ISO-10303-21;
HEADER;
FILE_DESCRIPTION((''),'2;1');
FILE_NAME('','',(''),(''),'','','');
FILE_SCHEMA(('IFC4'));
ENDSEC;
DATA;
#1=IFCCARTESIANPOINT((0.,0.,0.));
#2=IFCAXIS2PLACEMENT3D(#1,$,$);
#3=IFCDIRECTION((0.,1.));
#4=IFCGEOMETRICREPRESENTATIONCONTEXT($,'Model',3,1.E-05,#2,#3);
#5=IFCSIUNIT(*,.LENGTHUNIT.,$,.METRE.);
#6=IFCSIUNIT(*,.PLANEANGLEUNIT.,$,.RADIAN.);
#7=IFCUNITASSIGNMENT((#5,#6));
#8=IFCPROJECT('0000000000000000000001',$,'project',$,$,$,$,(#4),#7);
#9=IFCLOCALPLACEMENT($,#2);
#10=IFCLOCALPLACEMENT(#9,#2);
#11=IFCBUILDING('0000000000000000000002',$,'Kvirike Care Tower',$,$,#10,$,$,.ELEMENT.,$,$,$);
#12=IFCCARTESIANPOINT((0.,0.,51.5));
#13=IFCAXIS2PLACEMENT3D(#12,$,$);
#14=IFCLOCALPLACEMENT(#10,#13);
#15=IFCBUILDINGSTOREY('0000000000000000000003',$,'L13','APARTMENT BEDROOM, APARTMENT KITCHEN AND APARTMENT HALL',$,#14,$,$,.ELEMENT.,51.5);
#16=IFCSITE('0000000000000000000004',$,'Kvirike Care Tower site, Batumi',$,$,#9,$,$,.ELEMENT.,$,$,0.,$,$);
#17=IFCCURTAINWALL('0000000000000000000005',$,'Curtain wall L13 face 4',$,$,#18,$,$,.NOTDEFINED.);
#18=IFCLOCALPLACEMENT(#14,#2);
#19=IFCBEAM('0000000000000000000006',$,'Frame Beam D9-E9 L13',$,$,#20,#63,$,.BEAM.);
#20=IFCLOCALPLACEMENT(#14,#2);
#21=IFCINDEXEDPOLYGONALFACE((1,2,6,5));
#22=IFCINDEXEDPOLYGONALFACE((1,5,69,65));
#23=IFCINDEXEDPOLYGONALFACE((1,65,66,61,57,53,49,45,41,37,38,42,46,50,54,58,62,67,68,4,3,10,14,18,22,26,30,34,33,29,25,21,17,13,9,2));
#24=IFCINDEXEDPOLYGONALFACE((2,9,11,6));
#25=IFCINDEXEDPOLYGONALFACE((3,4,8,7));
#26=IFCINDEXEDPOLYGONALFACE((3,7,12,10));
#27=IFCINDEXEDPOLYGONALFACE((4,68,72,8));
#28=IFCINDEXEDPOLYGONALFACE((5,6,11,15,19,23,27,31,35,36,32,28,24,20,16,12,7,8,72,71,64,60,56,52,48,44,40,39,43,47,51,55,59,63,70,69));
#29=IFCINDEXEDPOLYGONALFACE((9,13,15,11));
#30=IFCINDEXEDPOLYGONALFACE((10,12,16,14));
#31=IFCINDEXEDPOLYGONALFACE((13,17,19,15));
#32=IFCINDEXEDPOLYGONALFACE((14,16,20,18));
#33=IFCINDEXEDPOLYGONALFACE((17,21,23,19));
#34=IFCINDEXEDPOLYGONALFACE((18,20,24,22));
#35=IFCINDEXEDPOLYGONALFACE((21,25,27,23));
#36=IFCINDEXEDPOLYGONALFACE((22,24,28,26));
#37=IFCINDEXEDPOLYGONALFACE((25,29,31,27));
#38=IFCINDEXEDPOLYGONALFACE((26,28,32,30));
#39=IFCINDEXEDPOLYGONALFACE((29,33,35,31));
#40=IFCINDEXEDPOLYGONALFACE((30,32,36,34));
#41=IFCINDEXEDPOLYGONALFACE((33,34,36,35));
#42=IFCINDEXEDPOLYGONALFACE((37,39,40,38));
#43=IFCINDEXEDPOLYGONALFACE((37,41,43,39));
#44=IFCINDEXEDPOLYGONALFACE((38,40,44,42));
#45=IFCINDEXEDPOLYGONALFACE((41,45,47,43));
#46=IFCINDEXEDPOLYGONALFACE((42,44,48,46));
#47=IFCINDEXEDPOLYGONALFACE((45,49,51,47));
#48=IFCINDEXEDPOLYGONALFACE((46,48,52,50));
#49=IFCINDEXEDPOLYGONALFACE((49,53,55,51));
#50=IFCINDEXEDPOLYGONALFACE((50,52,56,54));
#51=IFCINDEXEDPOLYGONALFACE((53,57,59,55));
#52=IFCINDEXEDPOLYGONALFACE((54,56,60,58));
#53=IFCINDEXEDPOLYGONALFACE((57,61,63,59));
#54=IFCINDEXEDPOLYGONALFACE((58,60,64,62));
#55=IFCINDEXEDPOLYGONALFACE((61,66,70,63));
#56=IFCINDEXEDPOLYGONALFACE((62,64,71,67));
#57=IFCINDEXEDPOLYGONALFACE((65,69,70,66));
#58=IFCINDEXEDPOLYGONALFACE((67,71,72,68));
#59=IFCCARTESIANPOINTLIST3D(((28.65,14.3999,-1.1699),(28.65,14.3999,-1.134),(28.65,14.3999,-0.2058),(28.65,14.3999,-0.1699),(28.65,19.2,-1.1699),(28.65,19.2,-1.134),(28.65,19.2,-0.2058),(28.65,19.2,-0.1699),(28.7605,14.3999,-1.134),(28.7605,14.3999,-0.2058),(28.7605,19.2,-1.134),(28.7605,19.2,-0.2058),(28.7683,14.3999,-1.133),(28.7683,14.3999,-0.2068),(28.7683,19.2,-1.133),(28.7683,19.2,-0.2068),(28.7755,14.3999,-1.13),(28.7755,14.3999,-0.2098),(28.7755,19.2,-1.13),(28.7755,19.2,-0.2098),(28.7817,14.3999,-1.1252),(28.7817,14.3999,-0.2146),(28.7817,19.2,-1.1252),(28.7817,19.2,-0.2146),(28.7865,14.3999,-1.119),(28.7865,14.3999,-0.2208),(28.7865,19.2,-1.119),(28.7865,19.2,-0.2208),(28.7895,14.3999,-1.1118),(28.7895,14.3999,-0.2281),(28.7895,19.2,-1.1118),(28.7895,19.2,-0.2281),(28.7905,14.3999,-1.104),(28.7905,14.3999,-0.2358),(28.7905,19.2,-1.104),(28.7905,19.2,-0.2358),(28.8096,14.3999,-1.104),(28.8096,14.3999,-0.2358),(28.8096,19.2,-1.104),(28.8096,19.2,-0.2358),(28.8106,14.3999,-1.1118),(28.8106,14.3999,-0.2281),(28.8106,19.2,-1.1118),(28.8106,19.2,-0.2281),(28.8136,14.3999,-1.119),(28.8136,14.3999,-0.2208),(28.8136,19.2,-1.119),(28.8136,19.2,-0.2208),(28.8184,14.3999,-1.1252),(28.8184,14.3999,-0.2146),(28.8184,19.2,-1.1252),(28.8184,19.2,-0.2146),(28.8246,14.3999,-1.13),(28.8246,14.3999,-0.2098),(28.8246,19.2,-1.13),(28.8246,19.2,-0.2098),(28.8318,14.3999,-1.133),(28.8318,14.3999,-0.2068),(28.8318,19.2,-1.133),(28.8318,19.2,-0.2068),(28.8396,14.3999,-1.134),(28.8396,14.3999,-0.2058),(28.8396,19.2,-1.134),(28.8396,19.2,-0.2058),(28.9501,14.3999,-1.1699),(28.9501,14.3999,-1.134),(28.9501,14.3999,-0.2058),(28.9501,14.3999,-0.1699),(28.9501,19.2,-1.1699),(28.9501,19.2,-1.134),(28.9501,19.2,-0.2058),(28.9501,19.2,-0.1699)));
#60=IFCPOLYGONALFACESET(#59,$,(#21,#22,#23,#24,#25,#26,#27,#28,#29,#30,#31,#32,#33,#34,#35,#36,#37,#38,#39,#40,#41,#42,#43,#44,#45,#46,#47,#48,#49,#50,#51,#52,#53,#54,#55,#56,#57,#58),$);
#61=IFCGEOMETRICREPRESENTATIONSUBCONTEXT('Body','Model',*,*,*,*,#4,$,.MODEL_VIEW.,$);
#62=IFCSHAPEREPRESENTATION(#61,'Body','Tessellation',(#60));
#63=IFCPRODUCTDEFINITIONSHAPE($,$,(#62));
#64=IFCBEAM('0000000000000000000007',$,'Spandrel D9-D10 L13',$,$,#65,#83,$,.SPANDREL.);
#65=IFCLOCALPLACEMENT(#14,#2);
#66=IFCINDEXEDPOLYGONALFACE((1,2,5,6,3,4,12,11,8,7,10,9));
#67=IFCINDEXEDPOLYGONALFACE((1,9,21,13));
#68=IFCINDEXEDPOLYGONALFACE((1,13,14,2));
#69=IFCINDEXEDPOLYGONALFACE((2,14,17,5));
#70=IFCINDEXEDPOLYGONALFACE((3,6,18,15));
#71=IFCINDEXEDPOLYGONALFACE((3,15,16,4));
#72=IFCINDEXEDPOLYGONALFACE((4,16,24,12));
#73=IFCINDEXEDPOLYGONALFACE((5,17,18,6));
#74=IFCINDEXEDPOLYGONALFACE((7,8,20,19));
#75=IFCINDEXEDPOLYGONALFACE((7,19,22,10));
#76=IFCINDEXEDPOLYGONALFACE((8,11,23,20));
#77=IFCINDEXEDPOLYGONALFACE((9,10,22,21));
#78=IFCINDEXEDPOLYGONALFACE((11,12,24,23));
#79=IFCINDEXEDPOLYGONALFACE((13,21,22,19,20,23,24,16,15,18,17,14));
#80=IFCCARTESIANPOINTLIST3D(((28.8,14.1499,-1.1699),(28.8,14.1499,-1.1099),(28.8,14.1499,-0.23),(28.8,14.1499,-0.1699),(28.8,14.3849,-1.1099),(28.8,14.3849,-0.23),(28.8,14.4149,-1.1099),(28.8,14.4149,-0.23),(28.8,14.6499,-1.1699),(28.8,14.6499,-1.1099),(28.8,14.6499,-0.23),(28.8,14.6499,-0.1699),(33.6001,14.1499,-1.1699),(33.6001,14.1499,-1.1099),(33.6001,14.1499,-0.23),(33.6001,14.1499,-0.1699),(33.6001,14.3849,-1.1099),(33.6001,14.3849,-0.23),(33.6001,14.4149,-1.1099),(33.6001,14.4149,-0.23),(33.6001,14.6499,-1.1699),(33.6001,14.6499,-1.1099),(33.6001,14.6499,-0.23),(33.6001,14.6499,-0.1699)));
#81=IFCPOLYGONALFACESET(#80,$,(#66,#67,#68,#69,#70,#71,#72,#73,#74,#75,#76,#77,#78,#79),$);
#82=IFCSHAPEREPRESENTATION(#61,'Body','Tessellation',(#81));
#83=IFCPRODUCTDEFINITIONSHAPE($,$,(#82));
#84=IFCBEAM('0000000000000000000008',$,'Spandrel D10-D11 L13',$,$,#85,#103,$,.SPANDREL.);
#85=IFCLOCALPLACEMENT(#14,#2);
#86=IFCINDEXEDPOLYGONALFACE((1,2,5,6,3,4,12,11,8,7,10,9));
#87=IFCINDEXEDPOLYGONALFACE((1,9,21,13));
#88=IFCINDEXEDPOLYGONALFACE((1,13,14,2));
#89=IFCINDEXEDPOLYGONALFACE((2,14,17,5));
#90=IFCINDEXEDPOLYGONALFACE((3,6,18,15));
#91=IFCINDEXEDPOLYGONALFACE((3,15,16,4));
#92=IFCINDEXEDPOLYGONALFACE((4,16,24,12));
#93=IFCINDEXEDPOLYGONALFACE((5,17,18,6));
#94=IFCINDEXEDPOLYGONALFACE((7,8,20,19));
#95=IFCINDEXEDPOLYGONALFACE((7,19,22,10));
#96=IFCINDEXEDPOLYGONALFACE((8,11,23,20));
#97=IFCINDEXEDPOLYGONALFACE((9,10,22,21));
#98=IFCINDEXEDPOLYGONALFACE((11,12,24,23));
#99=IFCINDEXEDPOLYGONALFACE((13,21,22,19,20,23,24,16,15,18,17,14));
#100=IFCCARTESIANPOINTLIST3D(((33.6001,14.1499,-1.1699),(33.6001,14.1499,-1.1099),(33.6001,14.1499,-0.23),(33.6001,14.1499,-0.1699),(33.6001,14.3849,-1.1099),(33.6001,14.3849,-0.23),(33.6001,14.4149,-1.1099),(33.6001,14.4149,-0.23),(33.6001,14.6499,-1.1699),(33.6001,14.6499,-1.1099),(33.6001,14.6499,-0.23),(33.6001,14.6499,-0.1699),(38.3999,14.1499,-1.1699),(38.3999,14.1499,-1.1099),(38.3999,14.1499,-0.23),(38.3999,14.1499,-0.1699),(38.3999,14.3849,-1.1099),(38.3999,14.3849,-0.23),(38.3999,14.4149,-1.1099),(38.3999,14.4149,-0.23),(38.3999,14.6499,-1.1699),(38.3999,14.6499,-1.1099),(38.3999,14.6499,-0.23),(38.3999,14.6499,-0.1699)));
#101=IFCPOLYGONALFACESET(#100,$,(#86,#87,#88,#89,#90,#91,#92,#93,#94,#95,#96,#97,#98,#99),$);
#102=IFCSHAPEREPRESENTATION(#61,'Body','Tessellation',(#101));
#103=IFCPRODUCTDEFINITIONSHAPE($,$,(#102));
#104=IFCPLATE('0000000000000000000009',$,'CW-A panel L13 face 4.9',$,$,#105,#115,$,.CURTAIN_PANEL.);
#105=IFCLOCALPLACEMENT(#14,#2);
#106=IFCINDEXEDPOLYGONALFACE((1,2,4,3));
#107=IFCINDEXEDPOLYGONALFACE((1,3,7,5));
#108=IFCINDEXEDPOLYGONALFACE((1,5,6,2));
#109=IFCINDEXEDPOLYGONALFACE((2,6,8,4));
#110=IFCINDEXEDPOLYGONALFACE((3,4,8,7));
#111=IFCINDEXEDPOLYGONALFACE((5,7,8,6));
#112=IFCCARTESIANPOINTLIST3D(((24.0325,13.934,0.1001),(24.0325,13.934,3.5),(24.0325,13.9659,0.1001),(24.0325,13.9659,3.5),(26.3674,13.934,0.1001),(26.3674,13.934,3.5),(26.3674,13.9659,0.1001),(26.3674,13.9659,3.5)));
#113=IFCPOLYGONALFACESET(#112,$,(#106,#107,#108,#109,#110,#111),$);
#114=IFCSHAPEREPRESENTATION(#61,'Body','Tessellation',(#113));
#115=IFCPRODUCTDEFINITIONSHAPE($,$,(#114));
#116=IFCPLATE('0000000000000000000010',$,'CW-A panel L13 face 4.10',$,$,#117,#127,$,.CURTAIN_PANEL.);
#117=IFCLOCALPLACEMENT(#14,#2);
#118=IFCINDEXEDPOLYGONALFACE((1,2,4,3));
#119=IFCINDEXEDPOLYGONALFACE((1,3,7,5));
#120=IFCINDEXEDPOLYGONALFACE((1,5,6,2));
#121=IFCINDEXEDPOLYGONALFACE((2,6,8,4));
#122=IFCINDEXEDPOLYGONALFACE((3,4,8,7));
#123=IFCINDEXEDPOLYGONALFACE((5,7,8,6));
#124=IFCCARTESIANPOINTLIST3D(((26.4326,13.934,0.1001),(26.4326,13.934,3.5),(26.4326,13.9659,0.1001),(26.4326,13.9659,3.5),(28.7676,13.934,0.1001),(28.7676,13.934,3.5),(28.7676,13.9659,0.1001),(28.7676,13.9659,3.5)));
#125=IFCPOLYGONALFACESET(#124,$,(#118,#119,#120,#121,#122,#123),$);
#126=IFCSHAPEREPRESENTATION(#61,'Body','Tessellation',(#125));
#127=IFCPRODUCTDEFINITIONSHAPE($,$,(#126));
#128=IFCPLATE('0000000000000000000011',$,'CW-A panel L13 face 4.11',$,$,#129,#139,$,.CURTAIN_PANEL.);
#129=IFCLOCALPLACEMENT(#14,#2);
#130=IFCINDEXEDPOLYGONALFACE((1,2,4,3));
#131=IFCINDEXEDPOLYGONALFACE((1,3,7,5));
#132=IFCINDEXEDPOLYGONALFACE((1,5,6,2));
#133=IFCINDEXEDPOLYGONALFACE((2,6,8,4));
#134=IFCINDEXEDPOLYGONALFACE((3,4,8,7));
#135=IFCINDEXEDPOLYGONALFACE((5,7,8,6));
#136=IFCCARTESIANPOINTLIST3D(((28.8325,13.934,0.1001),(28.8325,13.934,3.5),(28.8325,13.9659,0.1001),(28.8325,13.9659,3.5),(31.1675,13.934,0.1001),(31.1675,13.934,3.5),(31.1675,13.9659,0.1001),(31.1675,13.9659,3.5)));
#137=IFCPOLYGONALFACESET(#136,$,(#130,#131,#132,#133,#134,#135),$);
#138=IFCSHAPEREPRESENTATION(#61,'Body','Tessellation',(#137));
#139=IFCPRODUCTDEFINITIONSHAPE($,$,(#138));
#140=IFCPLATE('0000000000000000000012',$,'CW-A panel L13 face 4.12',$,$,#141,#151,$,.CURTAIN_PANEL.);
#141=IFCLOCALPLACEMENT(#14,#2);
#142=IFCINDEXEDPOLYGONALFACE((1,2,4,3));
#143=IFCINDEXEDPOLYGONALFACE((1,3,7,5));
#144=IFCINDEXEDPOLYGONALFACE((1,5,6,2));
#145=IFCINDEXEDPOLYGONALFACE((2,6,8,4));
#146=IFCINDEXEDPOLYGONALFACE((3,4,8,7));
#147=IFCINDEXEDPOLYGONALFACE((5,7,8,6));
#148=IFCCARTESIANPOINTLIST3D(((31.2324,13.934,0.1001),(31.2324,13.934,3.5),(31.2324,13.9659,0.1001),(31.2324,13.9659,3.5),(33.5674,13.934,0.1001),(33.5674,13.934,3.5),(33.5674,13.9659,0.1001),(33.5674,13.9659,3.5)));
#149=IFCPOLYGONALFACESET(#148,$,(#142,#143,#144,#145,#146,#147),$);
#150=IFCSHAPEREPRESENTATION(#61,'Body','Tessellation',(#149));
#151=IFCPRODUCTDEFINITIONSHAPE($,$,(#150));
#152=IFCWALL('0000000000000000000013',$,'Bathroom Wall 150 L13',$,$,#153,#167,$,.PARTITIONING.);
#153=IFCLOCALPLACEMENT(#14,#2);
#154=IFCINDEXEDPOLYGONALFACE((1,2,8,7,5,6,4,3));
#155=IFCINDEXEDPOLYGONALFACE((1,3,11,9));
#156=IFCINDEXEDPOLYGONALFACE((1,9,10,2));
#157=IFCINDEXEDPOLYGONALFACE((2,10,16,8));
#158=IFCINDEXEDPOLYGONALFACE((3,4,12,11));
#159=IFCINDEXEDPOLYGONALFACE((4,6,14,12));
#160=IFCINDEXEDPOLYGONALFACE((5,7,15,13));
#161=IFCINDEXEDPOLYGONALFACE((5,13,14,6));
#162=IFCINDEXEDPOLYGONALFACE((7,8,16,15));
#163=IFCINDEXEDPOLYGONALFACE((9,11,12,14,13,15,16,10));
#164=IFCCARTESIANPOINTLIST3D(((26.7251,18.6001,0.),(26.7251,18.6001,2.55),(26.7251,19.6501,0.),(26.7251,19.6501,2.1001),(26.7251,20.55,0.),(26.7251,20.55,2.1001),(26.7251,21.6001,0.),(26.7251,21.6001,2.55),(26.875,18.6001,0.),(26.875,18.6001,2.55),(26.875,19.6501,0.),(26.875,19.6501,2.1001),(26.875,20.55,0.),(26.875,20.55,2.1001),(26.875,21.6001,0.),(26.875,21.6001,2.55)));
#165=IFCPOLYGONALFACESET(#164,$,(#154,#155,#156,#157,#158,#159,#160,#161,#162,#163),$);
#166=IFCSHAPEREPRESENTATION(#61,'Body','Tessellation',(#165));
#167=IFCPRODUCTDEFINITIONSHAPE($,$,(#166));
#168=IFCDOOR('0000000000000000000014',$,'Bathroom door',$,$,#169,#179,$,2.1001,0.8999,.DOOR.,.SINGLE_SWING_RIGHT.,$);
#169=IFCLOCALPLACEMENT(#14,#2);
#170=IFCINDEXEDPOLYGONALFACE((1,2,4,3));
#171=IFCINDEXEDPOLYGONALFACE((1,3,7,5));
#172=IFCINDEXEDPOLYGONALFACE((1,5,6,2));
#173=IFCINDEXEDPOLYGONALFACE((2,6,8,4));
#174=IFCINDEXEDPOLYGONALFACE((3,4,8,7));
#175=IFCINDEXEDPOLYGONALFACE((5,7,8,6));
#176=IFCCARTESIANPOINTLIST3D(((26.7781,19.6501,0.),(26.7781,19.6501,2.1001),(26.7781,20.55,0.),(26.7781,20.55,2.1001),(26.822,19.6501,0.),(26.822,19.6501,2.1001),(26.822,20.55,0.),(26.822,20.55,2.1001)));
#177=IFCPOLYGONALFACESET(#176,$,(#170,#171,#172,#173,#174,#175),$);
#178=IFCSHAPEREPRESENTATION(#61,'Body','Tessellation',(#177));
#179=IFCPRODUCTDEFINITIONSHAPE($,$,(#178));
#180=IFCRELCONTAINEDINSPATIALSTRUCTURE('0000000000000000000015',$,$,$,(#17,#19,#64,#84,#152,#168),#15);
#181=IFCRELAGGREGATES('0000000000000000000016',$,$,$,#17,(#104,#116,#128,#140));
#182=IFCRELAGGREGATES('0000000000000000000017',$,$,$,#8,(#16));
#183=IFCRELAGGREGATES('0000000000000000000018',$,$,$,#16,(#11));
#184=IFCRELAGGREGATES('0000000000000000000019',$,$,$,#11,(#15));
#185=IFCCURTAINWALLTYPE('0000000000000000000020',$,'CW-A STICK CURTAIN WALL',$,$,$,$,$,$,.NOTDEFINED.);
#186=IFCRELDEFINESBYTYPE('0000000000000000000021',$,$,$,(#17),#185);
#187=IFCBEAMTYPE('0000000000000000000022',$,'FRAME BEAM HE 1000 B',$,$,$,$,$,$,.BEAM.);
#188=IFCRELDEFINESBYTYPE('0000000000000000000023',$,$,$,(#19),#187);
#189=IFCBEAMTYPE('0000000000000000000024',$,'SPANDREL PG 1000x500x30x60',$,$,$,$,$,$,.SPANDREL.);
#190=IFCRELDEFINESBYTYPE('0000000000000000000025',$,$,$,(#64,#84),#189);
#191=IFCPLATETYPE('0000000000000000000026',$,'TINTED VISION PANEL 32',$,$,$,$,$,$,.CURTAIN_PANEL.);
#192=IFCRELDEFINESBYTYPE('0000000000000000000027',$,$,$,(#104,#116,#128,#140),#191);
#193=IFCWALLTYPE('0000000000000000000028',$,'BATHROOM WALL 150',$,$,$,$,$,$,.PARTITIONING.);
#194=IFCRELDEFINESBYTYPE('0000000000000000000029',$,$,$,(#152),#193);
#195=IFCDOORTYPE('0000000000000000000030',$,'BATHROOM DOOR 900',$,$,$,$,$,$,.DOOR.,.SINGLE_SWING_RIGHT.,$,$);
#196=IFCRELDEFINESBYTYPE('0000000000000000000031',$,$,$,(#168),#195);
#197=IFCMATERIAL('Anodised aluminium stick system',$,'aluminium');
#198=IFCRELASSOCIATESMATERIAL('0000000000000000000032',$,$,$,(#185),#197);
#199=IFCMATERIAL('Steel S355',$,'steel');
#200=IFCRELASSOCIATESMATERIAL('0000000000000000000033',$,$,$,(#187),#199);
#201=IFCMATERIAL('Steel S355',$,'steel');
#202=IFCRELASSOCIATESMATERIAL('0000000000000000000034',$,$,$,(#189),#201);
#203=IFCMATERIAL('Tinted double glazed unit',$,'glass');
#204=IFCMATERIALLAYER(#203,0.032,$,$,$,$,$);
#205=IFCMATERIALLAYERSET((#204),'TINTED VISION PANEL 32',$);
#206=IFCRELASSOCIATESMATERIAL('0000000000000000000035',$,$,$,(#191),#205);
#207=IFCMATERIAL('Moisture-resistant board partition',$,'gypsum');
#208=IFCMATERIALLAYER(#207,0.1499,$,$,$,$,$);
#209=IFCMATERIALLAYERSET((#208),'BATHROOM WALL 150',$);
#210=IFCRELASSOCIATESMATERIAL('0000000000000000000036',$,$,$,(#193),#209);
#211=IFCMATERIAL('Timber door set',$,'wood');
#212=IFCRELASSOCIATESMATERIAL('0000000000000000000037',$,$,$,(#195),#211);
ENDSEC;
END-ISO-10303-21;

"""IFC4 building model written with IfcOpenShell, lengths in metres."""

from ifc_helpers import new_model, si_unit, direction, frame, frame_2d, origin, origin_2d, place, context, subcontext, project, spatial, rectangle, i_section, extrude, material, layer, layer_set, material_profile, profile_set, type_object, element, fill, aggregate, save


model = new_model("IFC4")

# Units and contexts
model_context = context("Model", 3, precision=1e-05, world=origin(), true_north=direction((0.0, 1.0)))
body_context = subcontext(model_context, "Body", "Model", "MODEL_VIEW")
ifc_project = project(units=[si_unit("LENGTHUNIT", "METRE"), si_unit("PLANEANGLEUNIT", "RADIAN")], contexts=[model_context])

# Site, building, storey
site_placement = place(None, origin())
site = spatial("IfcSite", under=ifc_project, at=site_placement, Name="Kvirike Care Tower site, Batumi", CompositionType="ELEMENT", RefElevation=0.0)
building_placement = place(site_placement, origin())
building = spatial("IfcBuilding", under=site, at=building_placement, Name="Kvirike Care Tower", CompositionType="ELEMENT")
storey_placement = place(building_placement, frame((0.0, 0.0, 51.5)))
storey = spatial("IfcBuildingStorey", under=building, at=storey_placement, Name="L13", Description="APARTMENT BEDROOM, APARTMENT KITCHEN AND APARTMENT HALL", CompositionType="ELEMENT", Elevation=51.5)

# Curtain wall
ifc_material_1 = material(Name="Anodised aluminium stick system", Category="aluminium")
curtain_wall_type = type_object("IfcCurtainWallType", Name="CW-A STICK CURTAIN WALL", PredefinedType="NOTDEFINED", material=ifc_material_1)
curtain_wall_placement = place(storey_placement, origin())
curtain_wall = element("IfcCurtainWall", 1, at=curtain_wall_placement, inside=storey, type_object=curtain_wall_type, Name="Curtain wall L13 face 4", PredefinedType="NOTDEFINED")

# Beams
ifc_material_2 = material(Name="Steel S355", Category="steel")
ifc_material_profile_1 = material_profile(ifc_material_2, i_section(OverallWidth=0.3, OverallDepth=1.0, WebThickness=0.019, FlangeThickness=0.0359, FilletRadius=0.03, at=origin_2d()), Name="HE 1000 B")
ifc_profile_set_1 = profile_set([ifc_material_profile_1], Name="Steel S355")
beam_type_1 = type_object("IfcBeamType", Name="FRAME BEAM HE 1000 B", PredefinedType="BEAM", material=ifc_profile_set_1)
beam_1_placement = place(storey_placement, frame((28.8, 14.3999, -0.6699), z_axis=(0.0, 1.0, 0.0), x_axis=(-1.0, 0.0, 0.0)))
element("IfcBeam", 2, at=beam_1_placement, inside=storey, type_object=beam_type_1, Name="Frame Beam D9-E9 L13", PredefinedType="BEAM", context=body_context, shape_type="SweptSolid", body=[
    extrude(i_section(OverallWidth=0.3, OverallDepth=1.0, WebThickness=0.019, FlangeThickness=0.0359, FilletRadius=0.03, at=origin_2d()), origin(), (0.0, 0.0, 1.0), 4.8),
])
ifc_material_3 = material(Name="Steel S355", Category="steel")
ifc_material_profile_2 = material_profile(ifc_material_3, i_section(OverallWidth=0.5, OverallDepth=1.0, WebThickness=0.03, FlangeThickness=0.0601, at=origin_2d()), Name="PG 1000x500x30x60")
ifc_profile_set_2 = profile_set([ifc_material_profile_2], Name="Steel S355")
beam_type_2 = type_object("IfcBeamType", Name="SPANDREL PG 1000x500x30x60", PredefinedType="SPANDREL", material=ifc_profile_set_2)
beam_2_placement = place(storey_placement, frame((28.8, 14.3999, -0.6699), z_axis=(1.0, 0.0, 0.0), x_axis=(0.0, 1.0, 0.0)))
element("IfcBeam", 3, at=beam_2_placement, inside=storey, type_object=beam_type_2, Name="Spandrel D9-D10 L13", PredefinedType="SPANDREL", context=body_context, shape_type="SweptSolid", body=[
    extrude(i_section(OverallWidth=0.5, OverallDepth=1.0, WebThickness=0.03, FlangeThickness=0.0601, at=origin_2d()), origin(), (0.0, 0.0, 1.0), 4.8),
])
beam_3_placement = place(storey_placement, frame((33.6001, 14.3999, -0.6699), z_axis=(1.0, 0.0, 0.0), x_axis=(0.0, 1.0, 0.0)))
element("IfcBeam", 4, at=beam_3_placement, inside=storey, type_object=beam_type_2, Name="Spandrel D10-D11 L13", PredefinedType="SPANDREL", context=body_context, shape_type="SweptSolid", body=[
    extrude(i_section(OverallWidth=0.5, OverallDepth=1.0, WebThickness=0.03, FlangeThickness=0.0601, at=origin_2d()), origin(), (0.0, 0.0, 1.0), 4.7998),
])

# Plates
ifc_material_4 = material(Name="Tinted double glazed unit", Category="glass")
ifc_layer_1 = layer(ifc_material_4, 0.032)
ifc_layer_set_1 = layer_set([ifc_layer_1], Name="TINTED VISION PANEL 32")
plate_type = type_object("IfcPlateType", Name="TINTED VISION PANEL 32", PredefinedType="CURTAIN_PANEL", material=ifc_layer_set_1)
plate_1_placement = place(storey_placement, frame((25.2, 13.95, 0.1001), z_axis=(0.0, 0.0, 1.0), x_axis=(1.0, 0.0, 0.0)))
plate_1 = element("IfcPlate", 5, at=plate_1_placement, type_object=plate_type, Name="CW-A panel L13 face 4.9", PredefinedType="CURTAIN_PANEL", context=body_context, shape_type="SweptSolid", body=[
    extrude(rectangle(XDim=2.335, YDim=0.032, at=origin_2d()), origin(), (0.0, 0.0, 1.0), 3.3999),
])
plate_2_placement = place(storey_placement, frame((27.6001, 13.95, 0.1001), z_axis=(0.0, 0.0, 1.0), x_axis=(1.0, 0.0, 0.0)))
plate_2 = element("IfcPlate", 6, at=plate_2_placement, type_object=plate_type, Name="CW-A panel L13 face 4.10", PredefinedType="CURTAIN_PANEL", context=body_context, shape_type="SweptSolid", body=[
    extrude(rectangle(XDim=2.335, YDim=0.032, at=origin_2d()), origin(), (0.0, 0.0, 1.0), 3.3999),
])
plate_3_placement = place(storey_placement, frame((30.0, 13.95, 0.1001), z_axis=(0.0, 0.0, 1.0), x_axis=(1.0, 0.0, 0.0)))
plate_3 = element("IfcPlate", 7, at=plate_3_placement, type_object=plate_type, Name="CW-A panel L13 face 4.11", PredefinedType="CURTAIN_PANEL", context=body_context, shape_type="SweptSolid", body=[
    extrude(rectangle(XDim=2.335, YDim=0.032, at=origin_2d()), origin(), (0.0, 0.0, 1.0), 3.3999),
])
plate_4_placement = place(storey_placement, frame((32.3999, 13.95, 0.1001), z_axis=(0.0, 0.0, 1.0), x_axis=(1.0, 0.0, 0.0)))
plate_4 = element("IfcPlate", 8, at=plate_4_placement, type_object=plate_type, Name="CW-A panel L13 face 4.12", PredefinedType="CURTAIN_PANEL", context=body_context, shape_type="SweptSolid", body=[
    extrude(rectangle(XDim=2.335, YDim=0.032, at=origin_2d()), origin(), (0.0, 0.0, 1.0), 3.3999),
])
aggregate(curtain_wall, [plate_1, plate_2, plate_3, plate_4])

# Wall, opening, door
ifc_material_5 = material(Name="Moisture-resistant board partition", Category="gypsum")
ifc_layer_2 = layer(ifc_material_5, 0.1499)
ifc_layer_set_2 = layer_set([ifc_layer_2], Name="BATHROOM WALL 150")
wall_type_1 = type_object("IfcWallType", Name="BATHROOM WALL 150", PredefinedType="PARTITIONING", material=ifc_layer_set_2)
wall_1_placement = place(storey_placement, frame((26.8, 18.6001, 0.0), z_axis=(0.0, 0.0, 1.0), x_axis=(0.0, 1.0, 0.0)))
wall_1 = element("IfcWall", 9, at=wall_1_placement, inside=storey, type_object=wall_type_1, Name="Bathroom Wall 150 L13", PredefinedType="PARTITIONING", context=body_context, shape_type="SweptSolid", body=[
    extrude(rectangle(XDim=3.0, YDim=0.1499, at=frame_2d((1.5, 0.0))), origin(), (0.0, 0.0, 1.0), 2.55),
])
opening_placement = place(wall_1_placement, frame((1.05, 0.0, 0.0)))
opening = element("IfcOpeningElement", 10, at=opening_placement, cuts=wall_1, PredefinedType="OPENING", context=body_context, shape_type="SweptSolid", body=[
    extrude(rectangle(XDim=0.8999, YDim=2.1001, at=frame_2d((0.45, 1.05))), frame((0.0, 0.0854, 0.0), z_axis=(0.0, -1.0, 0.0), x_axis=(1.0, 0.0, 0.0)), (0.0, 0.0, 1.0), 0.1709),
])
ifc_material_6 = material(Name="Timber door set", Category="wood")
door_type = type_object("IfcDoorType", Name="BATHROOM DOOR 900", OperationType="SINGLE_SWING_RIGHT", PredefinedType="DOOR", material=ifc_material_6)
door_placement = place(opening_placement, origin())
door = element("IfcDoor", 11, at=door_placement, inside=storey, type_object=door_type, Name="Bathroom door", OperationType="SINGLE_SWING_RIGHT", OverallHeight=2.1001, OverallWidth=0.8999, PredefinedType="DOOR", context=body_context, shape_type="SweptSolid", body=[
    extrude(rectangle(XDim=0.8999, YDim=2.1001, at=frame_2d((0.45, 1.05))), frame((0.0, 0.022, 0.0), z_axis=(0.0, -1.0, 0.0), x_axis=(1.0, 0.0, 0.0)), (0.0, 0.0, 1.0), 0.0439),
])
fill(opening, door)

save(model, "model.ifc")
